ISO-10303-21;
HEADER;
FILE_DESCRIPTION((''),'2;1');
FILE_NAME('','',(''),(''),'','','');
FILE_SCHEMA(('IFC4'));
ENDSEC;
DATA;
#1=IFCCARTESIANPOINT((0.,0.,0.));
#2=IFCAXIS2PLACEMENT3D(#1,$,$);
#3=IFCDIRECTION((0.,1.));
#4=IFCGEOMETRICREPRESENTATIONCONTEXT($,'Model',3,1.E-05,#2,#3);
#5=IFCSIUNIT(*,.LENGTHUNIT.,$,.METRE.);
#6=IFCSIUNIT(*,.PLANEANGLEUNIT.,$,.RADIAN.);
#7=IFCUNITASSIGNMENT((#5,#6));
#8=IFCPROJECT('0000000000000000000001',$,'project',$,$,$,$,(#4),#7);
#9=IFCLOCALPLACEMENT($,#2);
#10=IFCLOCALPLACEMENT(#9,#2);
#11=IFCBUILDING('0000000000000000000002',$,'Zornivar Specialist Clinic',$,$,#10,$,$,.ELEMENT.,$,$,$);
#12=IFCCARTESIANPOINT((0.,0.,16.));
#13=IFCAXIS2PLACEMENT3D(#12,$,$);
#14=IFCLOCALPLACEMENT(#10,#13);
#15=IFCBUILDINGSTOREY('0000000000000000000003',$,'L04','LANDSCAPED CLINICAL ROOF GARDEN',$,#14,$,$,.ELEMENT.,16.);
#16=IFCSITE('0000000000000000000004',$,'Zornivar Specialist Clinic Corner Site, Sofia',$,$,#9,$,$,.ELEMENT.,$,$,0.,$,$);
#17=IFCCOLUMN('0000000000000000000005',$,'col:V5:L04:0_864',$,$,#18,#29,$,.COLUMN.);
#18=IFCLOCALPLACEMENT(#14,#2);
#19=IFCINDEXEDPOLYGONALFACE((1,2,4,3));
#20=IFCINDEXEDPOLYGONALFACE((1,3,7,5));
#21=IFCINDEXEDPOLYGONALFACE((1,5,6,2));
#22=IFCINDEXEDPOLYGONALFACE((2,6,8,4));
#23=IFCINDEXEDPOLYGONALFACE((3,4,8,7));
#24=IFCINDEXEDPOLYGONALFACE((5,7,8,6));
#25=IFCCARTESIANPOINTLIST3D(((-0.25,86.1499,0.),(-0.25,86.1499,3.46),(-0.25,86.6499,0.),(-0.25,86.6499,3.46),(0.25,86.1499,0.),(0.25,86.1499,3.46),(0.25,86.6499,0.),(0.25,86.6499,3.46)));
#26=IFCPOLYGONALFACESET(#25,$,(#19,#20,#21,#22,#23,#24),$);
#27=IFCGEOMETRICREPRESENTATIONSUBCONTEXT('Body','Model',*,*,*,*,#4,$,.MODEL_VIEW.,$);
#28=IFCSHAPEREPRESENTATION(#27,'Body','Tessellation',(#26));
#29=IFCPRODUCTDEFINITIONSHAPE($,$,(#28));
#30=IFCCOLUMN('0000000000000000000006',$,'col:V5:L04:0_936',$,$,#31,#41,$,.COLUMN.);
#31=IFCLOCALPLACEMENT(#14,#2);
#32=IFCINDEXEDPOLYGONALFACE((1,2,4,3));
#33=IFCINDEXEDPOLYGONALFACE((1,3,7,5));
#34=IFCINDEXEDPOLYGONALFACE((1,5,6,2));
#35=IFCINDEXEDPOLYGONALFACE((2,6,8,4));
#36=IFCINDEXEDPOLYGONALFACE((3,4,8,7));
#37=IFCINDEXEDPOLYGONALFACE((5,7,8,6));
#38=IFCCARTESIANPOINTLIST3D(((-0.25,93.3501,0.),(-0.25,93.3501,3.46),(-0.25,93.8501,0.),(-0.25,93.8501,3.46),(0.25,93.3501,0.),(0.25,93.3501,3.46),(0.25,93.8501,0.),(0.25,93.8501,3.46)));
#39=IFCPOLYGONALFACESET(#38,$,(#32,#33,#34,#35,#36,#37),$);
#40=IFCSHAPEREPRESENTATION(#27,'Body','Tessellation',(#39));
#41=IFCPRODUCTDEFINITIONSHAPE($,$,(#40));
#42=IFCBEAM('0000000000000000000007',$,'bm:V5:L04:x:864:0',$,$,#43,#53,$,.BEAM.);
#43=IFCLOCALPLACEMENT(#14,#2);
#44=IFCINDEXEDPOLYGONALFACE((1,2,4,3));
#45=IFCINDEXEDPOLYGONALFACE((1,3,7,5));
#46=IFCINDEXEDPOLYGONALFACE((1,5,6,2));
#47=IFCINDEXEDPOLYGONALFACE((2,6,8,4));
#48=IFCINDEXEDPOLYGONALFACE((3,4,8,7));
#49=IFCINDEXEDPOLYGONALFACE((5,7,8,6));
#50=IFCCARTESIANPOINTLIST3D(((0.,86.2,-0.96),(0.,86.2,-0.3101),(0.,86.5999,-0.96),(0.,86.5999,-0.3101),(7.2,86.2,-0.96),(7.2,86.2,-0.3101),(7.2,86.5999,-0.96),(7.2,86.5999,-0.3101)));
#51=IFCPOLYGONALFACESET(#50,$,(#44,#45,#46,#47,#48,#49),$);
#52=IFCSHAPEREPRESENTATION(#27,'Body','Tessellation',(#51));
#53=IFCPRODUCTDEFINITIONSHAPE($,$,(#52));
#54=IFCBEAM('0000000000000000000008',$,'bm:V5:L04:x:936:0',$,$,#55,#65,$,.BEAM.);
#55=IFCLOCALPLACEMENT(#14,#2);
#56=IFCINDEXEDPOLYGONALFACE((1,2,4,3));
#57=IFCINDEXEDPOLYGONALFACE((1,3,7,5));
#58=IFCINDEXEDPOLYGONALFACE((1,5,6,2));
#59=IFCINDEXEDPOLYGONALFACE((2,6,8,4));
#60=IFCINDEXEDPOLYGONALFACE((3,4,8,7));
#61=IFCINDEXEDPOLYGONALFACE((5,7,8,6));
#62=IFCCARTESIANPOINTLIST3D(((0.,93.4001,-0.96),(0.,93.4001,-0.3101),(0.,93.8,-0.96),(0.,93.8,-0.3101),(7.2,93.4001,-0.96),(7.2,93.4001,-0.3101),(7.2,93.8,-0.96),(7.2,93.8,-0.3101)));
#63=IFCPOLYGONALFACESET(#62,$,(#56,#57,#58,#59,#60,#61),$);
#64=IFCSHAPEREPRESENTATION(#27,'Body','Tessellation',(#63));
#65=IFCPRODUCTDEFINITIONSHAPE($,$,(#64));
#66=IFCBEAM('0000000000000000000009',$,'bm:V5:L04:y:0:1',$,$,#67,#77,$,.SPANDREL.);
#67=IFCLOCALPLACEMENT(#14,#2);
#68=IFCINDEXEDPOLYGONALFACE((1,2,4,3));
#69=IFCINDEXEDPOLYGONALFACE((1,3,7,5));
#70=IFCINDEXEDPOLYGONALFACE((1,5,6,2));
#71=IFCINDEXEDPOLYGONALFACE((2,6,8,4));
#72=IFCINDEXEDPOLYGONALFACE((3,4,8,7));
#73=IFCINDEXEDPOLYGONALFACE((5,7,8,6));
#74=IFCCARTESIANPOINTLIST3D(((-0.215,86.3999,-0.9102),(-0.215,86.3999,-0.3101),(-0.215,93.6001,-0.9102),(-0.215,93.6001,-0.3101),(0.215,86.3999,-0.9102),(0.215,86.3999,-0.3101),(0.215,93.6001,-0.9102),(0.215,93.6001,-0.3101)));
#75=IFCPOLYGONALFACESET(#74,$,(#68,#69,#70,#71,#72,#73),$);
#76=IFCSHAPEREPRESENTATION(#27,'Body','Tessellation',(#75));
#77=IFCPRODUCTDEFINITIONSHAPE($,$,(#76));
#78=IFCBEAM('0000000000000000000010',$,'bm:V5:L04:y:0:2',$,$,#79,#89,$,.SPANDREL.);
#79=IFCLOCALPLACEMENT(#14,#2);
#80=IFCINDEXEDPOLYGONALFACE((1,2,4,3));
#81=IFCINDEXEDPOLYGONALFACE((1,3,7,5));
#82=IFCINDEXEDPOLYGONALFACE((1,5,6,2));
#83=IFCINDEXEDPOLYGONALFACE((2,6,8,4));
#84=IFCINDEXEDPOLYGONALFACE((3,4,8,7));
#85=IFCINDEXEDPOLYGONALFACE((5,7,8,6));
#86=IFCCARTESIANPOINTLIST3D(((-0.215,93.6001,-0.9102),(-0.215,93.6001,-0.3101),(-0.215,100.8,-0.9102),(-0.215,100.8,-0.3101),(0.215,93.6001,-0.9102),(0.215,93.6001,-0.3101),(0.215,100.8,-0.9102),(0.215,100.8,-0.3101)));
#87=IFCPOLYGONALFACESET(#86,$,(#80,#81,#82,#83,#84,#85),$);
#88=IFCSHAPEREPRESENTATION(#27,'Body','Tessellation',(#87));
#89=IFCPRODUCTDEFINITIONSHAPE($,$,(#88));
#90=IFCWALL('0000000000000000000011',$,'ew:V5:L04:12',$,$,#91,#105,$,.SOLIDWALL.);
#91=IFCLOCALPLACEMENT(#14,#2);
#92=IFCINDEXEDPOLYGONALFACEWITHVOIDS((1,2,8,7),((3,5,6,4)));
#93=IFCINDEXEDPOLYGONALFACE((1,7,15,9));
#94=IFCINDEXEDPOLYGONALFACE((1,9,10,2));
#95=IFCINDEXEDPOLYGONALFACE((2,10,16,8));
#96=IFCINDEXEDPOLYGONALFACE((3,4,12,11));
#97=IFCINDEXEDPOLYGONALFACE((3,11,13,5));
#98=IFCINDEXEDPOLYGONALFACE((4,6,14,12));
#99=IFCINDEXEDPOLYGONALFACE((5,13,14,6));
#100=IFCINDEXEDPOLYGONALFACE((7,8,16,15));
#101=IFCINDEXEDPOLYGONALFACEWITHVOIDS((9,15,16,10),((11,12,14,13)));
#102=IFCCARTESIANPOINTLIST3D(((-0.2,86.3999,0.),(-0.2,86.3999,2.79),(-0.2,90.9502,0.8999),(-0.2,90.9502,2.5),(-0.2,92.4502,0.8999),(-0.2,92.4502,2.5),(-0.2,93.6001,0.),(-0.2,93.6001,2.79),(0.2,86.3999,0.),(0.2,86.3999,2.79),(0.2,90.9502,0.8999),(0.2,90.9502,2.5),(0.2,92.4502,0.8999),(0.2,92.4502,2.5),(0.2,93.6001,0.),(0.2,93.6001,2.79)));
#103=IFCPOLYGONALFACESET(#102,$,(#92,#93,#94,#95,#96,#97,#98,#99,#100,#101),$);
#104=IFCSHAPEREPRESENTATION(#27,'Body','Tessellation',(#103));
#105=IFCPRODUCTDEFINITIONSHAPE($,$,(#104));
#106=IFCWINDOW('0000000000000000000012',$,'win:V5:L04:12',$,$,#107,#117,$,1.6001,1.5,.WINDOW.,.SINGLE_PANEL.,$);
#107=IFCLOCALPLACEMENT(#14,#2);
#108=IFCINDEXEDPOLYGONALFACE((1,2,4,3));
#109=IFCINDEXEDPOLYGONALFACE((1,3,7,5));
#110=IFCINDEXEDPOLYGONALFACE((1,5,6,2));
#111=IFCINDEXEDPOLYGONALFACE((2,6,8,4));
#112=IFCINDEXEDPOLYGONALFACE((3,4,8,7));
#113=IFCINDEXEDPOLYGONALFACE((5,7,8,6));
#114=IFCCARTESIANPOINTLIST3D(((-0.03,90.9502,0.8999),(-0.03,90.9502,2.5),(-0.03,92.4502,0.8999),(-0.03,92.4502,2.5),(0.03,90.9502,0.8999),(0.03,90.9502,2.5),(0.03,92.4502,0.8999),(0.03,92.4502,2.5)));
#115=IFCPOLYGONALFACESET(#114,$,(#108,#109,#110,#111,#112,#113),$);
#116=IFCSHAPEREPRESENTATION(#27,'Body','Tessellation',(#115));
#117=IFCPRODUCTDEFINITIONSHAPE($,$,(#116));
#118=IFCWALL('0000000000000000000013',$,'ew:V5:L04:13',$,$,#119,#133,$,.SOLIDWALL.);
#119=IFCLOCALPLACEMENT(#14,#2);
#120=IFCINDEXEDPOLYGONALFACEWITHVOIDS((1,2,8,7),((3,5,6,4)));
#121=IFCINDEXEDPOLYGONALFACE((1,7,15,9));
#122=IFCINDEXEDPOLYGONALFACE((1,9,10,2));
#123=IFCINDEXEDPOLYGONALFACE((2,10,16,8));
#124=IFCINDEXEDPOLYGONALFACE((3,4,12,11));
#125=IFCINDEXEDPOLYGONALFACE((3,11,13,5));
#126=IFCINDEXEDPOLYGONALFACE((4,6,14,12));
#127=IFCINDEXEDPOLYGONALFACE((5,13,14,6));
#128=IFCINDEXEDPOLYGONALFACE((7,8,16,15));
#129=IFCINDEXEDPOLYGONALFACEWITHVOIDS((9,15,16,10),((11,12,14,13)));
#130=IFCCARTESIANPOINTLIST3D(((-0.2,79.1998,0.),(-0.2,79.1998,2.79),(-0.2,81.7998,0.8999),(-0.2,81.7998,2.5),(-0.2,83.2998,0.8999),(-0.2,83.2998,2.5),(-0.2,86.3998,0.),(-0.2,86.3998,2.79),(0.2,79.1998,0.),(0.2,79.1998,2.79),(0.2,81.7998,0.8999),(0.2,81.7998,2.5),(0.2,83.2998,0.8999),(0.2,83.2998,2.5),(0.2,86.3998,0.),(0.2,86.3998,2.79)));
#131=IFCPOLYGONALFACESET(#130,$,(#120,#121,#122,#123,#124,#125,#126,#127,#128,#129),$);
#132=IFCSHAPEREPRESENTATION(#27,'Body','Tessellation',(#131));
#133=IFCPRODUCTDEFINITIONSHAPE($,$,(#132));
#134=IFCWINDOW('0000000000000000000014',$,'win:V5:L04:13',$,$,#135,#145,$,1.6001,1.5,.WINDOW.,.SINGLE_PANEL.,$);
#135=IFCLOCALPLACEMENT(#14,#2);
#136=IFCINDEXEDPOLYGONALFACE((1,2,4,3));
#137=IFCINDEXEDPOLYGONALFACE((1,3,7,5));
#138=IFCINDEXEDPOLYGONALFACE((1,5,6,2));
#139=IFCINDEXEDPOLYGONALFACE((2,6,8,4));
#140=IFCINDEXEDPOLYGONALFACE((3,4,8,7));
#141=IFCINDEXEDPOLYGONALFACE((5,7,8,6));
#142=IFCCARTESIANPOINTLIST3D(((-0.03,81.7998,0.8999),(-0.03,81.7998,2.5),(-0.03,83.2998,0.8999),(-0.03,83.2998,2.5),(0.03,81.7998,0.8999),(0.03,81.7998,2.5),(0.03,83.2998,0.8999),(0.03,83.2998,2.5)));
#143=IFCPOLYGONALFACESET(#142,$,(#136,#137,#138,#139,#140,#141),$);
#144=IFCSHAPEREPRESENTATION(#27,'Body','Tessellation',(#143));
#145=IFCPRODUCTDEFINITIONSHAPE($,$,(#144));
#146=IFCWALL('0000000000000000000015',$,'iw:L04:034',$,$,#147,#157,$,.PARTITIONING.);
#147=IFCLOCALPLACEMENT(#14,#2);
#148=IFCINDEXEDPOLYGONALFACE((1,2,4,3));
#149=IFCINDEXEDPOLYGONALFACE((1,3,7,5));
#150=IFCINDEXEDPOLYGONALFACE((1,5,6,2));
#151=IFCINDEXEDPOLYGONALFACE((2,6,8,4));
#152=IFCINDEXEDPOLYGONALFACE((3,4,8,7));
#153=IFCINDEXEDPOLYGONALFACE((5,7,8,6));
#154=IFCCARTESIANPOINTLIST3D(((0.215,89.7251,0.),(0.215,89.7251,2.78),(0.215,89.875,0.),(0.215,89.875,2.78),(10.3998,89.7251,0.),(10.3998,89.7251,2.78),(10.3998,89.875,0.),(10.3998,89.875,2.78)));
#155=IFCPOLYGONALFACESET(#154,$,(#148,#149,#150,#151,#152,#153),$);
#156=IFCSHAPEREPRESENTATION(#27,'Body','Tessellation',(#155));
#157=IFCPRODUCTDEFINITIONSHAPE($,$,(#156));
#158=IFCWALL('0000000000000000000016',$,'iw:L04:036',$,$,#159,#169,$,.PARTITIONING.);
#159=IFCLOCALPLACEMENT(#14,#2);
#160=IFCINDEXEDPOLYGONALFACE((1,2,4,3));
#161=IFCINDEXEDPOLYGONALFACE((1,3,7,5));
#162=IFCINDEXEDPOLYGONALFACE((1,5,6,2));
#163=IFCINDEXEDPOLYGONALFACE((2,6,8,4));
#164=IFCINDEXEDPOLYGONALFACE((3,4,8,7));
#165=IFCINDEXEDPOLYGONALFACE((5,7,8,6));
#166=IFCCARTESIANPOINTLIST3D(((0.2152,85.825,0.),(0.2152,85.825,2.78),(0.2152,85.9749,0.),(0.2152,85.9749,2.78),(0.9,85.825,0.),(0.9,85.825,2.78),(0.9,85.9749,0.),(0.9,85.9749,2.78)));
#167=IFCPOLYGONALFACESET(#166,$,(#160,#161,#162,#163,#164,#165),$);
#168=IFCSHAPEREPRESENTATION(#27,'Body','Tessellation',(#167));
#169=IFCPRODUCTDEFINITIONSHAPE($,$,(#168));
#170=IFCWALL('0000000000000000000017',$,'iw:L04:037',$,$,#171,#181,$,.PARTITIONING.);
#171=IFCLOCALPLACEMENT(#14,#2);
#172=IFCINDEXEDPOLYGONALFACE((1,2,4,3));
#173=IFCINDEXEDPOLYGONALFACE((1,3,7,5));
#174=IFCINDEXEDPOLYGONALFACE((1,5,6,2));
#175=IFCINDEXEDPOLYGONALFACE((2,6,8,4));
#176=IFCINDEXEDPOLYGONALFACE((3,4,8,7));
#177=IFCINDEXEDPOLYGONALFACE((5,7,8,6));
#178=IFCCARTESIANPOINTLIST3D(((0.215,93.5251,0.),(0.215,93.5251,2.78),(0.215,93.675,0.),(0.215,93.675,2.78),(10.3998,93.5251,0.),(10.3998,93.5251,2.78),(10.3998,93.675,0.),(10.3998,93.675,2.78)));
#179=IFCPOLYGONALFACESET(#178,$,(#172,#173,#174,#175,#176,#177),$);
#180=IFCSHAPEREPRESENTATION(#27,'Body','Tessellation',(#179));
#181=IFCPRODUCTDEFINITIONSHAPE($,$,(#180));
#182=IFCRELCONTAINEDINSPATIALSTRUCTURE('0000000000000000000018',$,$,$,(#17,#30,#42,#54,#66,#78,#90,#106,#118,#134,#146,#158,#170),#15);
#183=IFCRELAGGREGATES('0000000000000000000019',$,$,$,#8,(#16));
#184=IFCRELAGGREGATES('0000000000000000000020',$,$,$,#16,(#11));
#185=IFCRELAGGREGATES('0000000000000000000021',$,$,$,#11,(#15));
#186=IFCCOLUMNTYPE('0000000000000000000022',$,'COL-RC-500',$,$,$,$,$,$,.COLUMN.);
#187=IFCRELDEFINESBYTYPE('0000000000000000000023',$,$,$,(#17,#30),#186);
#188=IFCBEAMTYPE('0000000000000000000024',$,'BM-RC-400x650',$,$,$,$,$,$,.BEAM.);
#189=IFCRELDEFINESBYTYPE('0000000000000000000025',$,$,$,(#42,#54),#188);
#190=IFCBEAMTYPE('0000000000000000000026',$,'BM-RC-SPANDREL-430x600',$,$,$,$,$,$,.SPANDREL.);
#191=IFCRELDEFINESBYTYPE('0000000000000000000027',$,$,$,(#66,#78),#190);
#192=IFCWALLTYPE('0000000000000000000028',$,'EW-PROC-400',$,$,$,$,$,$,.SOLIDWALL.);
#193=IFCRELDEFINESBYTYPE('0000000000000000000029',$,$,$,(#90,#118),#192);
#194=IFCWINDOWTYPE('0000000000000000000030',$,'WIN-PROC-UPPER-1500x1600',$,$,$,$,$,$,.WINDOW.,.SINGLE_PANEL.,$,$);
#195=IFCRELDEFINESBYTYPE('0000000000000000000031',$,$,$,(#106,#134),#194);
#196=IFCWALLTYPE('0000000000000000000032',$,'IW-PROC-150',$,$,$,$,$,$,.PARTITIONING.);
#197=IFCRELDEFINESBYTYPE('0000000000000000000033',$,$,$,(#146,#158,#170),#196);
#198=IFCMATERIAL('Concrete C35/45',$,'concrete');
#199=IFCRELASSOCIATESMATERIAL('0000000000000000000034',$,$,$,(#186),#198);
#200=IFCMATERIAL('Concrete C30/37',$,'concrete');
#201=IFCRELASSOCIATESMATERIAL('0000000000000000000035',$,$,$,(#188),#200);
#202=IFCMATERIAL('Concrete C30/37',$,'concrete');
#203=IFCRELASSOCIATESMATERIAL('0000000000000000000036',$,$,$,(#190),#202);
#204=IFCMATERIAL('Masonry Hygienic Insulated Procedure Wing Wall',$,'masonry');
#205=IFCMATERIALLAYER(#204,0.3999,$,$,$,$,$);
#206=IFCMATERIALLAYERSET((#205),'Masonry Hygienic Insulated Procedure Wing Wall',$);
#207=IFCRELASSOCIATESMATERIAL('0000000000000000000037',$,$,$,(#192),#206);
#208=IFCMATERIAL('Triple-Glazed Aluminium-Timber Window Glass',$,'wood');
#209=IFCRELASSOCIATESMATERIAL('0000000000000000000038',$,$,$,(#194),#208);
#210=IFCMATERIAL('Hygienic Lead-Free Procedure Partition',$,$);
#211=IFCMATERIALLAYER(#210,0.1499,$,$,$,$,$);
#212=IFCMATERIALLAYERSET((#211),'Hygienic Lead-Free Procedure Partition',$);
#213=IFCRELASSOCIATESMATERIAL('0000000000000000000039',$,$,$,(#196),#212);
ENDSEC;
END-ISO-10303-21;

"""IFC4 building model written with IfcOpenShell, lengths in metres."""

from ifc_helpers import new_model, si_unit, direction, frame, frame_2d, origin, origin_2d, place, context, subcontext, project, spatial, rectangle, extrude, material, layer, layer_set, material_profile, profile_set, type_object, element, fill, save


model = new_model("IFC4")

# Units and contexts
model_context = context("Model", 3, precision=1e-05, world=origin(), true_north=direction((0.0, 1.0)))
body_context = subcontext(model_context, "Body", "Model", "MODEL_VIEW")
ifc_project = project(units=[si_unit("LENGTHUNIT", "METRE"), si_unit("PLANEANGLEUNIT", "RADIAN")], contexts=[model_context])

# Site, building, storey
site_placement = place(None, origin())
site = spatial("IfcSite", under=ifc_project, at=site_placement, Name="Zornivar Specialist Clinic Corner Site, Sofia", CompositionType="ELEMENT", RefElevation=0.0)
building_placement = place(site_placement, origin())
building = spatial("IfcBuilding", under=site, at=building_placement, Name="Zornivar Specialist Clinic", CompositionType="ELEMENT")
storey_placement = place(building_placement, frame((0.0, 0.0, 16.0)))
storey = spatial("IfcBuildingStorey", under=building, at=storey_placement, Name="L04", Description="LANDSCAPED CLINICAL ROOF GARDEN", CompositionType="ELEMENT", Elevation=16.0)

# Columns
ifc_material_1 = material(Name="Concrete C35/45", Category="concrete")
ifc_material_profile_1 = material_profile(ifc_material_1, rectangle(XDim=0.5, YDim=0.5, at=origin_2d()), Name="RC 500x500")
ifc_profile_set_1 = profile_set([ifc_material_profile_1], Name="Concrete C35/45")
column_type = type_object("IfcColumnType", Name="COL-RC-500", PredefinedType="COLUMN", material=ifc_profile_set_1)
for number, where, z_axis, x_axis, name in (
    (1, (0.0, 86.3999, 0.0), (0.0, 0.0, 1.0), (1.0, 0.0, 0.0), "col:V5:L04:0_864"),
    (2, (0.0, 93.6001, 0.0), (0.0, 0.0, 1.0), (1.0, 0.0, 0.0), "col:V5:L04:0_936"),
):
    element("IfcColumn", number, at=place(storey_placement, frame(where, z_axis=z_axis, x_axis=x_axis)), inside=storey, type_object=column_type, Name=name, PredefinedType="COLUMN", context=body_context, shape_type="SweptSolid", body=[
        extrude(rectangle(XDim=0.5, YDim=0.5, at=origin_2d()), origin(), (0.0, 0.0, 1.0), 3.46),
    ])

# Beams
ifc_material_2 = material(Name="Concrete C30/37", Category="concrete")
ifc_material_profile_2 = material_profile(ifc_material_2, rectangle(XDim=0.3999, YDim=0.6499, at=origin_2d()), Name="RC 400x650")
ifc_profile_set_2 = profile_set([ifc_material_profile_2], Name="Concrete C30/37")
beam_type_1 = type_object("IfcBeamType", Name="BM-RC-400x650", PredefinedType="BEAM", material=ifc_profile_set_2)
for number, where, z_axis, x_axis, name in (
    (3, (0.0, 86.3999, -0.635), (1.0, 0.0, 0.0), (0.0, 1.0, 0.0), "bm:V5:L04:x:864:0"),
    (4, (0.0, 93.6001, -0.635), (1.0, 0.0, 0.0), (0.0, 1.0, 0.0), "bm:V5:L04:x:936:0"),
):
    element("IfcBeam", number, at=place(storey_placement, frame(where, z_axis=z_axis, x_axis=x_axis)), inside=storey, type_object=beam_type_1, Name=name, PredefinedType="BEAM", context=body_context, shape_type="SweptSolid", body=[
        extrude(rectangle(XDim=0.3999, YDim=0.6499, at=origin_2d()), origin(), (0.0, 0.0, 1.0), 7.2),
    ])
ifc_material_3 = material(Name="Concrete C30/37", Category="concrete")
ifc_material_profile_3 = material_profile(ifc_material_3, rectangle(XDim=0.4299, YDim=0.6001, at=origin_2d()), Name="RC 430x600")
ifc_profile_set_3 = profile_set([ifc_material_profile_3], Name="Concrete C30/37")
beam_type_2 = type_object("IfcBeamType", Name="BM-RC-SPANDREL-430x600", PredefinedType="SPANDREL", material=ifc_profile_set_3)
beam_1_placement = place(storey_placement, frame((0.0, 86.3999, -0.6101), z_axis=(0.0, 1.0, 0.0), x_axis=(-1.0, 0.0, 0.0)))
element("IfcBeam", 5, at=beam_1_placement, inside=storey, type_object=beam_type_2, Name="bm:V5:L04:y:0:1", PredefinedType="SPANDREL", context=body_context, shape_type="SweptSolid", body=[
    extrude(rectangle(XDim=0.4299, YDim=0.6001, at=origin_2d()), origin(), (0.0, 0.0, 1.0), 7.2002),
])
beam_2_placement = place(storey_placement, frame((0.0, 93.6001, -0.6101), z_axis=(0.0, 1.0, 0.0), x_axis=(-1.0, 0.0, 0.0)))
element("IfcBeam", 6, at=beam_2_placement, inside=storey, type_object=beam_type_2, Name="bm:V5:L04:y:0:2", PredefinedType="SPANDREL", context=body_context, shape_type="SweptSolid", body=[
    extrude(rectangle(XDim=0.4299, YDim=0.6001, at=origin_2d()), origin(), (0.0, 0.0, 1.0), 7.2),
])

# Walls, openings, windows
ifc_material_4 = material(Name="Masonry Hygienic Insulated Procedure Wing Wall", Category="masonry")
ifc_layer_1 = layer(ifc_material_4, 0.3999)
ifc_layer_set_1 = layer_set([ifc_layer_1], Name="Masonry Hygienic Insulated Procedure Wing Wall")
wall_type_1 = type_object("IfcWallType", Name="EW-PROC-400", PredefinedType="SOLIDWALL", material=ifc_layer_set_1)
wall_1_placement = place(storey_placement, frame((0.0, 93.6001, 0.0), z_axis=(0.0, 0.0, 1.0), x_axis=(0.0, -1.0, 0.0)))
wall_1 = element("IfcWall", 7, at=wall_1_placement, inside=storey, type_object=wall_type_1, Name="ew:V5:L04:12", PredefinedType="SOLIDWALL", context=body_context, shape_type="SweptSolid", body=[
    extrude(rectangle(XDim=7.2002, YDim=0.3999, at=frame_2d((3.6001, 0.0))), origin(), (0.0, 0.0, 1.0), 2.79),
])
opening_1_placement = place(wall_1_placement, frame((1.1499, 0.0, 0.8999)))
opening_1 = element("IfcOpeningElement", 8, at=opening_1_placement, cuts=wall_1, PredefinedType="OPENING", context=body_context, shape_type="SweptSolid", body=[
    extrude(rectangle(XDim=1.5, YDim=1.6001, at=frame_2d((0.75, 0.8))), frame((0.0, 0.21, 0.0), z_axis=(0.0, -1.0, 0.0), x_axis=(1.0, 0.0, 0.0)), (0.0, 0.0, 1.0), 0.4199),
])
ifc_material_5 = material(Name="Triple-Glazed Aluminium-Timber Window Glass", Category="wood")
window_type = type_object("IfcWindowType", Name="WIN-PROC-UPPER-1500x1600", PartitioningType="SINGLE_PANEL", PredefinedType="WINDOW", material=ifc_material_5)
window_1_placement = place(opening_1_placement, origin())
window_1 = element("IfcWindow", 9, at=window_1_placement, inside=storey, type_object=window_type, Name="win:V5:L04:12", OverallHeight=1.6001, OverallWidth=1.5, PartitioningType="SINGLE_PANEL", PredefinedType="WINDOW", context=body_context, shape_type="SweptSolid", body=[
    extrude(rectangle(XDim=1.5, YDim=1.6001, at=frame_2d((0.75, 0.8))), frame((0.0, 0.03, 0.0), z_axis=(0.0, -1.0, 0.0), x_axis=(1.0, 0.0, 0.0)), (0.0, 0.0, 1.0), 0.0601),
])
fill(opening_1, window_1)
wall_2_placement = place(storey_placement, frame((0.0, 86.3999, 0.0), z_axis=(0.0, 0.0, 1.0), x_axis=(0.0, -1.0, 0.0)))
wall_2 = element("IfcWall", 10, at=wall_2_placement, inside=storey, type_object=wall_type_1, Name="ew:V5:L04:13", PredefinedType="SOLIDWALL", context=body_context, shape_type="SweptSolid", body=[
    extrude(rectangle(XDim=7.2, YDim=0.3999, at=frame_2d((3.6001, 0.0))), origin(), (0.0, 0.0, 1.0), 2.79),
])
opening_2_placement = place(wall_2_placement, frame((3.1001, 0.0, 0.8999)))
opening_2 = element("IfcOpeningElement", 11, at=opening_2_placement, cuts=wall_2, PredefinedType="OPENING", context=body_context, shape_type="SweptSolid", body=[
    extrude(rectangle(XDim=1.5, YDim=1.6001, at=frame_2d((0.75, 0.8))), frame((0.0, 0.21, 0.0), z_axis=(0.0, -1.0, 0.0), x_axis=(1.0, 0.0, 0.0)), (0.0, 0.0, 1.0), 0.4199),
])
window_2_placement = place(opening_2_placement, origin())
window_2 = element("IfcWindow", 12, at=window_2_placement, inside=storey, type_object=window_type, Name="win:V5:L04:13", OverallHeight=1.6001, OverallWidth=1.5, PartitioningType="SINGLE_PANEL", PredefinedType="WINDOW", context=body_context, shape_type="SweptSolid", body=[
    extrude(rectangle(XDim=1.5, YDim=1.6001, at=frame_2d((0.75, 0.8))), frame((0.0, 0.03, 0.0), z_axis=(0.0, -1.0, 0.0), x_axis=(1.0, 0.0, 0.0)), (0.0, 0.0, 1.0), 0.0601),
])
fill(opening_2, window_2)

# Walls
ifc_material_6 = material(Name="Hygienic Lead-Free Procedure Partition")
ifc_layer_2 = layer(ifc_material_6, 0.1499)
ifc_layer_set_2 = layer_set([ifc_layer_2], Name="Hygienic Lead-Free Procedure Partition")
wall_type_2 = type_object("IfcWallType", Name="IW-PROC-150", PredefinedType="PARTITIONING", material=ifc_layer_set_2)
wall_3_placement = place(storey_placement, frame((0.2151, 89.8, 0.0), z_axis=(0.0, 0.0, 1.0), x_axis=(1.0, 0.0, 0.0)))
element("IfcWall", 13, at=wall_3_placement, inside=storey, type_object=wall_type_2, Name="iw:L04:034", PredefinedType="PARTITIONING", context=body_context, shape_type="SweptSolid", body=[
    extrude(rectangle(XDim=10.1848, YDim=0.1499, at=frame_2d((5.0923, 0.0))), origin(), (0.0, 0.0, 1.0), 2.78),
])
wall_4_placement = place(storey_placement, frame((0.8999, 85.8999, 0.0), z_axis=(0.0, 0.0, 1.0), x_axis=(-1.0, 0.0, 0.0)))
element("IfcWall", 14, at=wall_4_placement, inside=storey, type_object=wall_type_2, Name="iw:L04:036", PredefinedType="PARTITIONING", context=body_context, shape_type="SweptSolid", body=[
    extrude(rectangle(XDim=0.6848, YDim=0.1499, at=frame_2d((0.3423, 0.0))), origin(), (0.0, 0.0, 1.0), 2.78),
])
wall_5_placement = place(storey_placement, frame((0.2151, 93.6001, 0.0), z_axis=(0.0, 0.0, 1.0), x_axis=(1.0, 0.0, 0.0)))
element("IfcWall", 15, at=wall_5_placement, inside=storey, type_object=wall_type_2, Name="iw:L04:037", PredefinedType="PARTITIONING", context=body_context, shape_type="SweptSolid", body=[
    extrude(rectangle(XDim=10.1848, YDim=0.1499, at=frame_2d((5.0923, 0.0))), origin(), (0.0, 0.0, 1.0), 2.78),
])

save(model, "model.ifc")
